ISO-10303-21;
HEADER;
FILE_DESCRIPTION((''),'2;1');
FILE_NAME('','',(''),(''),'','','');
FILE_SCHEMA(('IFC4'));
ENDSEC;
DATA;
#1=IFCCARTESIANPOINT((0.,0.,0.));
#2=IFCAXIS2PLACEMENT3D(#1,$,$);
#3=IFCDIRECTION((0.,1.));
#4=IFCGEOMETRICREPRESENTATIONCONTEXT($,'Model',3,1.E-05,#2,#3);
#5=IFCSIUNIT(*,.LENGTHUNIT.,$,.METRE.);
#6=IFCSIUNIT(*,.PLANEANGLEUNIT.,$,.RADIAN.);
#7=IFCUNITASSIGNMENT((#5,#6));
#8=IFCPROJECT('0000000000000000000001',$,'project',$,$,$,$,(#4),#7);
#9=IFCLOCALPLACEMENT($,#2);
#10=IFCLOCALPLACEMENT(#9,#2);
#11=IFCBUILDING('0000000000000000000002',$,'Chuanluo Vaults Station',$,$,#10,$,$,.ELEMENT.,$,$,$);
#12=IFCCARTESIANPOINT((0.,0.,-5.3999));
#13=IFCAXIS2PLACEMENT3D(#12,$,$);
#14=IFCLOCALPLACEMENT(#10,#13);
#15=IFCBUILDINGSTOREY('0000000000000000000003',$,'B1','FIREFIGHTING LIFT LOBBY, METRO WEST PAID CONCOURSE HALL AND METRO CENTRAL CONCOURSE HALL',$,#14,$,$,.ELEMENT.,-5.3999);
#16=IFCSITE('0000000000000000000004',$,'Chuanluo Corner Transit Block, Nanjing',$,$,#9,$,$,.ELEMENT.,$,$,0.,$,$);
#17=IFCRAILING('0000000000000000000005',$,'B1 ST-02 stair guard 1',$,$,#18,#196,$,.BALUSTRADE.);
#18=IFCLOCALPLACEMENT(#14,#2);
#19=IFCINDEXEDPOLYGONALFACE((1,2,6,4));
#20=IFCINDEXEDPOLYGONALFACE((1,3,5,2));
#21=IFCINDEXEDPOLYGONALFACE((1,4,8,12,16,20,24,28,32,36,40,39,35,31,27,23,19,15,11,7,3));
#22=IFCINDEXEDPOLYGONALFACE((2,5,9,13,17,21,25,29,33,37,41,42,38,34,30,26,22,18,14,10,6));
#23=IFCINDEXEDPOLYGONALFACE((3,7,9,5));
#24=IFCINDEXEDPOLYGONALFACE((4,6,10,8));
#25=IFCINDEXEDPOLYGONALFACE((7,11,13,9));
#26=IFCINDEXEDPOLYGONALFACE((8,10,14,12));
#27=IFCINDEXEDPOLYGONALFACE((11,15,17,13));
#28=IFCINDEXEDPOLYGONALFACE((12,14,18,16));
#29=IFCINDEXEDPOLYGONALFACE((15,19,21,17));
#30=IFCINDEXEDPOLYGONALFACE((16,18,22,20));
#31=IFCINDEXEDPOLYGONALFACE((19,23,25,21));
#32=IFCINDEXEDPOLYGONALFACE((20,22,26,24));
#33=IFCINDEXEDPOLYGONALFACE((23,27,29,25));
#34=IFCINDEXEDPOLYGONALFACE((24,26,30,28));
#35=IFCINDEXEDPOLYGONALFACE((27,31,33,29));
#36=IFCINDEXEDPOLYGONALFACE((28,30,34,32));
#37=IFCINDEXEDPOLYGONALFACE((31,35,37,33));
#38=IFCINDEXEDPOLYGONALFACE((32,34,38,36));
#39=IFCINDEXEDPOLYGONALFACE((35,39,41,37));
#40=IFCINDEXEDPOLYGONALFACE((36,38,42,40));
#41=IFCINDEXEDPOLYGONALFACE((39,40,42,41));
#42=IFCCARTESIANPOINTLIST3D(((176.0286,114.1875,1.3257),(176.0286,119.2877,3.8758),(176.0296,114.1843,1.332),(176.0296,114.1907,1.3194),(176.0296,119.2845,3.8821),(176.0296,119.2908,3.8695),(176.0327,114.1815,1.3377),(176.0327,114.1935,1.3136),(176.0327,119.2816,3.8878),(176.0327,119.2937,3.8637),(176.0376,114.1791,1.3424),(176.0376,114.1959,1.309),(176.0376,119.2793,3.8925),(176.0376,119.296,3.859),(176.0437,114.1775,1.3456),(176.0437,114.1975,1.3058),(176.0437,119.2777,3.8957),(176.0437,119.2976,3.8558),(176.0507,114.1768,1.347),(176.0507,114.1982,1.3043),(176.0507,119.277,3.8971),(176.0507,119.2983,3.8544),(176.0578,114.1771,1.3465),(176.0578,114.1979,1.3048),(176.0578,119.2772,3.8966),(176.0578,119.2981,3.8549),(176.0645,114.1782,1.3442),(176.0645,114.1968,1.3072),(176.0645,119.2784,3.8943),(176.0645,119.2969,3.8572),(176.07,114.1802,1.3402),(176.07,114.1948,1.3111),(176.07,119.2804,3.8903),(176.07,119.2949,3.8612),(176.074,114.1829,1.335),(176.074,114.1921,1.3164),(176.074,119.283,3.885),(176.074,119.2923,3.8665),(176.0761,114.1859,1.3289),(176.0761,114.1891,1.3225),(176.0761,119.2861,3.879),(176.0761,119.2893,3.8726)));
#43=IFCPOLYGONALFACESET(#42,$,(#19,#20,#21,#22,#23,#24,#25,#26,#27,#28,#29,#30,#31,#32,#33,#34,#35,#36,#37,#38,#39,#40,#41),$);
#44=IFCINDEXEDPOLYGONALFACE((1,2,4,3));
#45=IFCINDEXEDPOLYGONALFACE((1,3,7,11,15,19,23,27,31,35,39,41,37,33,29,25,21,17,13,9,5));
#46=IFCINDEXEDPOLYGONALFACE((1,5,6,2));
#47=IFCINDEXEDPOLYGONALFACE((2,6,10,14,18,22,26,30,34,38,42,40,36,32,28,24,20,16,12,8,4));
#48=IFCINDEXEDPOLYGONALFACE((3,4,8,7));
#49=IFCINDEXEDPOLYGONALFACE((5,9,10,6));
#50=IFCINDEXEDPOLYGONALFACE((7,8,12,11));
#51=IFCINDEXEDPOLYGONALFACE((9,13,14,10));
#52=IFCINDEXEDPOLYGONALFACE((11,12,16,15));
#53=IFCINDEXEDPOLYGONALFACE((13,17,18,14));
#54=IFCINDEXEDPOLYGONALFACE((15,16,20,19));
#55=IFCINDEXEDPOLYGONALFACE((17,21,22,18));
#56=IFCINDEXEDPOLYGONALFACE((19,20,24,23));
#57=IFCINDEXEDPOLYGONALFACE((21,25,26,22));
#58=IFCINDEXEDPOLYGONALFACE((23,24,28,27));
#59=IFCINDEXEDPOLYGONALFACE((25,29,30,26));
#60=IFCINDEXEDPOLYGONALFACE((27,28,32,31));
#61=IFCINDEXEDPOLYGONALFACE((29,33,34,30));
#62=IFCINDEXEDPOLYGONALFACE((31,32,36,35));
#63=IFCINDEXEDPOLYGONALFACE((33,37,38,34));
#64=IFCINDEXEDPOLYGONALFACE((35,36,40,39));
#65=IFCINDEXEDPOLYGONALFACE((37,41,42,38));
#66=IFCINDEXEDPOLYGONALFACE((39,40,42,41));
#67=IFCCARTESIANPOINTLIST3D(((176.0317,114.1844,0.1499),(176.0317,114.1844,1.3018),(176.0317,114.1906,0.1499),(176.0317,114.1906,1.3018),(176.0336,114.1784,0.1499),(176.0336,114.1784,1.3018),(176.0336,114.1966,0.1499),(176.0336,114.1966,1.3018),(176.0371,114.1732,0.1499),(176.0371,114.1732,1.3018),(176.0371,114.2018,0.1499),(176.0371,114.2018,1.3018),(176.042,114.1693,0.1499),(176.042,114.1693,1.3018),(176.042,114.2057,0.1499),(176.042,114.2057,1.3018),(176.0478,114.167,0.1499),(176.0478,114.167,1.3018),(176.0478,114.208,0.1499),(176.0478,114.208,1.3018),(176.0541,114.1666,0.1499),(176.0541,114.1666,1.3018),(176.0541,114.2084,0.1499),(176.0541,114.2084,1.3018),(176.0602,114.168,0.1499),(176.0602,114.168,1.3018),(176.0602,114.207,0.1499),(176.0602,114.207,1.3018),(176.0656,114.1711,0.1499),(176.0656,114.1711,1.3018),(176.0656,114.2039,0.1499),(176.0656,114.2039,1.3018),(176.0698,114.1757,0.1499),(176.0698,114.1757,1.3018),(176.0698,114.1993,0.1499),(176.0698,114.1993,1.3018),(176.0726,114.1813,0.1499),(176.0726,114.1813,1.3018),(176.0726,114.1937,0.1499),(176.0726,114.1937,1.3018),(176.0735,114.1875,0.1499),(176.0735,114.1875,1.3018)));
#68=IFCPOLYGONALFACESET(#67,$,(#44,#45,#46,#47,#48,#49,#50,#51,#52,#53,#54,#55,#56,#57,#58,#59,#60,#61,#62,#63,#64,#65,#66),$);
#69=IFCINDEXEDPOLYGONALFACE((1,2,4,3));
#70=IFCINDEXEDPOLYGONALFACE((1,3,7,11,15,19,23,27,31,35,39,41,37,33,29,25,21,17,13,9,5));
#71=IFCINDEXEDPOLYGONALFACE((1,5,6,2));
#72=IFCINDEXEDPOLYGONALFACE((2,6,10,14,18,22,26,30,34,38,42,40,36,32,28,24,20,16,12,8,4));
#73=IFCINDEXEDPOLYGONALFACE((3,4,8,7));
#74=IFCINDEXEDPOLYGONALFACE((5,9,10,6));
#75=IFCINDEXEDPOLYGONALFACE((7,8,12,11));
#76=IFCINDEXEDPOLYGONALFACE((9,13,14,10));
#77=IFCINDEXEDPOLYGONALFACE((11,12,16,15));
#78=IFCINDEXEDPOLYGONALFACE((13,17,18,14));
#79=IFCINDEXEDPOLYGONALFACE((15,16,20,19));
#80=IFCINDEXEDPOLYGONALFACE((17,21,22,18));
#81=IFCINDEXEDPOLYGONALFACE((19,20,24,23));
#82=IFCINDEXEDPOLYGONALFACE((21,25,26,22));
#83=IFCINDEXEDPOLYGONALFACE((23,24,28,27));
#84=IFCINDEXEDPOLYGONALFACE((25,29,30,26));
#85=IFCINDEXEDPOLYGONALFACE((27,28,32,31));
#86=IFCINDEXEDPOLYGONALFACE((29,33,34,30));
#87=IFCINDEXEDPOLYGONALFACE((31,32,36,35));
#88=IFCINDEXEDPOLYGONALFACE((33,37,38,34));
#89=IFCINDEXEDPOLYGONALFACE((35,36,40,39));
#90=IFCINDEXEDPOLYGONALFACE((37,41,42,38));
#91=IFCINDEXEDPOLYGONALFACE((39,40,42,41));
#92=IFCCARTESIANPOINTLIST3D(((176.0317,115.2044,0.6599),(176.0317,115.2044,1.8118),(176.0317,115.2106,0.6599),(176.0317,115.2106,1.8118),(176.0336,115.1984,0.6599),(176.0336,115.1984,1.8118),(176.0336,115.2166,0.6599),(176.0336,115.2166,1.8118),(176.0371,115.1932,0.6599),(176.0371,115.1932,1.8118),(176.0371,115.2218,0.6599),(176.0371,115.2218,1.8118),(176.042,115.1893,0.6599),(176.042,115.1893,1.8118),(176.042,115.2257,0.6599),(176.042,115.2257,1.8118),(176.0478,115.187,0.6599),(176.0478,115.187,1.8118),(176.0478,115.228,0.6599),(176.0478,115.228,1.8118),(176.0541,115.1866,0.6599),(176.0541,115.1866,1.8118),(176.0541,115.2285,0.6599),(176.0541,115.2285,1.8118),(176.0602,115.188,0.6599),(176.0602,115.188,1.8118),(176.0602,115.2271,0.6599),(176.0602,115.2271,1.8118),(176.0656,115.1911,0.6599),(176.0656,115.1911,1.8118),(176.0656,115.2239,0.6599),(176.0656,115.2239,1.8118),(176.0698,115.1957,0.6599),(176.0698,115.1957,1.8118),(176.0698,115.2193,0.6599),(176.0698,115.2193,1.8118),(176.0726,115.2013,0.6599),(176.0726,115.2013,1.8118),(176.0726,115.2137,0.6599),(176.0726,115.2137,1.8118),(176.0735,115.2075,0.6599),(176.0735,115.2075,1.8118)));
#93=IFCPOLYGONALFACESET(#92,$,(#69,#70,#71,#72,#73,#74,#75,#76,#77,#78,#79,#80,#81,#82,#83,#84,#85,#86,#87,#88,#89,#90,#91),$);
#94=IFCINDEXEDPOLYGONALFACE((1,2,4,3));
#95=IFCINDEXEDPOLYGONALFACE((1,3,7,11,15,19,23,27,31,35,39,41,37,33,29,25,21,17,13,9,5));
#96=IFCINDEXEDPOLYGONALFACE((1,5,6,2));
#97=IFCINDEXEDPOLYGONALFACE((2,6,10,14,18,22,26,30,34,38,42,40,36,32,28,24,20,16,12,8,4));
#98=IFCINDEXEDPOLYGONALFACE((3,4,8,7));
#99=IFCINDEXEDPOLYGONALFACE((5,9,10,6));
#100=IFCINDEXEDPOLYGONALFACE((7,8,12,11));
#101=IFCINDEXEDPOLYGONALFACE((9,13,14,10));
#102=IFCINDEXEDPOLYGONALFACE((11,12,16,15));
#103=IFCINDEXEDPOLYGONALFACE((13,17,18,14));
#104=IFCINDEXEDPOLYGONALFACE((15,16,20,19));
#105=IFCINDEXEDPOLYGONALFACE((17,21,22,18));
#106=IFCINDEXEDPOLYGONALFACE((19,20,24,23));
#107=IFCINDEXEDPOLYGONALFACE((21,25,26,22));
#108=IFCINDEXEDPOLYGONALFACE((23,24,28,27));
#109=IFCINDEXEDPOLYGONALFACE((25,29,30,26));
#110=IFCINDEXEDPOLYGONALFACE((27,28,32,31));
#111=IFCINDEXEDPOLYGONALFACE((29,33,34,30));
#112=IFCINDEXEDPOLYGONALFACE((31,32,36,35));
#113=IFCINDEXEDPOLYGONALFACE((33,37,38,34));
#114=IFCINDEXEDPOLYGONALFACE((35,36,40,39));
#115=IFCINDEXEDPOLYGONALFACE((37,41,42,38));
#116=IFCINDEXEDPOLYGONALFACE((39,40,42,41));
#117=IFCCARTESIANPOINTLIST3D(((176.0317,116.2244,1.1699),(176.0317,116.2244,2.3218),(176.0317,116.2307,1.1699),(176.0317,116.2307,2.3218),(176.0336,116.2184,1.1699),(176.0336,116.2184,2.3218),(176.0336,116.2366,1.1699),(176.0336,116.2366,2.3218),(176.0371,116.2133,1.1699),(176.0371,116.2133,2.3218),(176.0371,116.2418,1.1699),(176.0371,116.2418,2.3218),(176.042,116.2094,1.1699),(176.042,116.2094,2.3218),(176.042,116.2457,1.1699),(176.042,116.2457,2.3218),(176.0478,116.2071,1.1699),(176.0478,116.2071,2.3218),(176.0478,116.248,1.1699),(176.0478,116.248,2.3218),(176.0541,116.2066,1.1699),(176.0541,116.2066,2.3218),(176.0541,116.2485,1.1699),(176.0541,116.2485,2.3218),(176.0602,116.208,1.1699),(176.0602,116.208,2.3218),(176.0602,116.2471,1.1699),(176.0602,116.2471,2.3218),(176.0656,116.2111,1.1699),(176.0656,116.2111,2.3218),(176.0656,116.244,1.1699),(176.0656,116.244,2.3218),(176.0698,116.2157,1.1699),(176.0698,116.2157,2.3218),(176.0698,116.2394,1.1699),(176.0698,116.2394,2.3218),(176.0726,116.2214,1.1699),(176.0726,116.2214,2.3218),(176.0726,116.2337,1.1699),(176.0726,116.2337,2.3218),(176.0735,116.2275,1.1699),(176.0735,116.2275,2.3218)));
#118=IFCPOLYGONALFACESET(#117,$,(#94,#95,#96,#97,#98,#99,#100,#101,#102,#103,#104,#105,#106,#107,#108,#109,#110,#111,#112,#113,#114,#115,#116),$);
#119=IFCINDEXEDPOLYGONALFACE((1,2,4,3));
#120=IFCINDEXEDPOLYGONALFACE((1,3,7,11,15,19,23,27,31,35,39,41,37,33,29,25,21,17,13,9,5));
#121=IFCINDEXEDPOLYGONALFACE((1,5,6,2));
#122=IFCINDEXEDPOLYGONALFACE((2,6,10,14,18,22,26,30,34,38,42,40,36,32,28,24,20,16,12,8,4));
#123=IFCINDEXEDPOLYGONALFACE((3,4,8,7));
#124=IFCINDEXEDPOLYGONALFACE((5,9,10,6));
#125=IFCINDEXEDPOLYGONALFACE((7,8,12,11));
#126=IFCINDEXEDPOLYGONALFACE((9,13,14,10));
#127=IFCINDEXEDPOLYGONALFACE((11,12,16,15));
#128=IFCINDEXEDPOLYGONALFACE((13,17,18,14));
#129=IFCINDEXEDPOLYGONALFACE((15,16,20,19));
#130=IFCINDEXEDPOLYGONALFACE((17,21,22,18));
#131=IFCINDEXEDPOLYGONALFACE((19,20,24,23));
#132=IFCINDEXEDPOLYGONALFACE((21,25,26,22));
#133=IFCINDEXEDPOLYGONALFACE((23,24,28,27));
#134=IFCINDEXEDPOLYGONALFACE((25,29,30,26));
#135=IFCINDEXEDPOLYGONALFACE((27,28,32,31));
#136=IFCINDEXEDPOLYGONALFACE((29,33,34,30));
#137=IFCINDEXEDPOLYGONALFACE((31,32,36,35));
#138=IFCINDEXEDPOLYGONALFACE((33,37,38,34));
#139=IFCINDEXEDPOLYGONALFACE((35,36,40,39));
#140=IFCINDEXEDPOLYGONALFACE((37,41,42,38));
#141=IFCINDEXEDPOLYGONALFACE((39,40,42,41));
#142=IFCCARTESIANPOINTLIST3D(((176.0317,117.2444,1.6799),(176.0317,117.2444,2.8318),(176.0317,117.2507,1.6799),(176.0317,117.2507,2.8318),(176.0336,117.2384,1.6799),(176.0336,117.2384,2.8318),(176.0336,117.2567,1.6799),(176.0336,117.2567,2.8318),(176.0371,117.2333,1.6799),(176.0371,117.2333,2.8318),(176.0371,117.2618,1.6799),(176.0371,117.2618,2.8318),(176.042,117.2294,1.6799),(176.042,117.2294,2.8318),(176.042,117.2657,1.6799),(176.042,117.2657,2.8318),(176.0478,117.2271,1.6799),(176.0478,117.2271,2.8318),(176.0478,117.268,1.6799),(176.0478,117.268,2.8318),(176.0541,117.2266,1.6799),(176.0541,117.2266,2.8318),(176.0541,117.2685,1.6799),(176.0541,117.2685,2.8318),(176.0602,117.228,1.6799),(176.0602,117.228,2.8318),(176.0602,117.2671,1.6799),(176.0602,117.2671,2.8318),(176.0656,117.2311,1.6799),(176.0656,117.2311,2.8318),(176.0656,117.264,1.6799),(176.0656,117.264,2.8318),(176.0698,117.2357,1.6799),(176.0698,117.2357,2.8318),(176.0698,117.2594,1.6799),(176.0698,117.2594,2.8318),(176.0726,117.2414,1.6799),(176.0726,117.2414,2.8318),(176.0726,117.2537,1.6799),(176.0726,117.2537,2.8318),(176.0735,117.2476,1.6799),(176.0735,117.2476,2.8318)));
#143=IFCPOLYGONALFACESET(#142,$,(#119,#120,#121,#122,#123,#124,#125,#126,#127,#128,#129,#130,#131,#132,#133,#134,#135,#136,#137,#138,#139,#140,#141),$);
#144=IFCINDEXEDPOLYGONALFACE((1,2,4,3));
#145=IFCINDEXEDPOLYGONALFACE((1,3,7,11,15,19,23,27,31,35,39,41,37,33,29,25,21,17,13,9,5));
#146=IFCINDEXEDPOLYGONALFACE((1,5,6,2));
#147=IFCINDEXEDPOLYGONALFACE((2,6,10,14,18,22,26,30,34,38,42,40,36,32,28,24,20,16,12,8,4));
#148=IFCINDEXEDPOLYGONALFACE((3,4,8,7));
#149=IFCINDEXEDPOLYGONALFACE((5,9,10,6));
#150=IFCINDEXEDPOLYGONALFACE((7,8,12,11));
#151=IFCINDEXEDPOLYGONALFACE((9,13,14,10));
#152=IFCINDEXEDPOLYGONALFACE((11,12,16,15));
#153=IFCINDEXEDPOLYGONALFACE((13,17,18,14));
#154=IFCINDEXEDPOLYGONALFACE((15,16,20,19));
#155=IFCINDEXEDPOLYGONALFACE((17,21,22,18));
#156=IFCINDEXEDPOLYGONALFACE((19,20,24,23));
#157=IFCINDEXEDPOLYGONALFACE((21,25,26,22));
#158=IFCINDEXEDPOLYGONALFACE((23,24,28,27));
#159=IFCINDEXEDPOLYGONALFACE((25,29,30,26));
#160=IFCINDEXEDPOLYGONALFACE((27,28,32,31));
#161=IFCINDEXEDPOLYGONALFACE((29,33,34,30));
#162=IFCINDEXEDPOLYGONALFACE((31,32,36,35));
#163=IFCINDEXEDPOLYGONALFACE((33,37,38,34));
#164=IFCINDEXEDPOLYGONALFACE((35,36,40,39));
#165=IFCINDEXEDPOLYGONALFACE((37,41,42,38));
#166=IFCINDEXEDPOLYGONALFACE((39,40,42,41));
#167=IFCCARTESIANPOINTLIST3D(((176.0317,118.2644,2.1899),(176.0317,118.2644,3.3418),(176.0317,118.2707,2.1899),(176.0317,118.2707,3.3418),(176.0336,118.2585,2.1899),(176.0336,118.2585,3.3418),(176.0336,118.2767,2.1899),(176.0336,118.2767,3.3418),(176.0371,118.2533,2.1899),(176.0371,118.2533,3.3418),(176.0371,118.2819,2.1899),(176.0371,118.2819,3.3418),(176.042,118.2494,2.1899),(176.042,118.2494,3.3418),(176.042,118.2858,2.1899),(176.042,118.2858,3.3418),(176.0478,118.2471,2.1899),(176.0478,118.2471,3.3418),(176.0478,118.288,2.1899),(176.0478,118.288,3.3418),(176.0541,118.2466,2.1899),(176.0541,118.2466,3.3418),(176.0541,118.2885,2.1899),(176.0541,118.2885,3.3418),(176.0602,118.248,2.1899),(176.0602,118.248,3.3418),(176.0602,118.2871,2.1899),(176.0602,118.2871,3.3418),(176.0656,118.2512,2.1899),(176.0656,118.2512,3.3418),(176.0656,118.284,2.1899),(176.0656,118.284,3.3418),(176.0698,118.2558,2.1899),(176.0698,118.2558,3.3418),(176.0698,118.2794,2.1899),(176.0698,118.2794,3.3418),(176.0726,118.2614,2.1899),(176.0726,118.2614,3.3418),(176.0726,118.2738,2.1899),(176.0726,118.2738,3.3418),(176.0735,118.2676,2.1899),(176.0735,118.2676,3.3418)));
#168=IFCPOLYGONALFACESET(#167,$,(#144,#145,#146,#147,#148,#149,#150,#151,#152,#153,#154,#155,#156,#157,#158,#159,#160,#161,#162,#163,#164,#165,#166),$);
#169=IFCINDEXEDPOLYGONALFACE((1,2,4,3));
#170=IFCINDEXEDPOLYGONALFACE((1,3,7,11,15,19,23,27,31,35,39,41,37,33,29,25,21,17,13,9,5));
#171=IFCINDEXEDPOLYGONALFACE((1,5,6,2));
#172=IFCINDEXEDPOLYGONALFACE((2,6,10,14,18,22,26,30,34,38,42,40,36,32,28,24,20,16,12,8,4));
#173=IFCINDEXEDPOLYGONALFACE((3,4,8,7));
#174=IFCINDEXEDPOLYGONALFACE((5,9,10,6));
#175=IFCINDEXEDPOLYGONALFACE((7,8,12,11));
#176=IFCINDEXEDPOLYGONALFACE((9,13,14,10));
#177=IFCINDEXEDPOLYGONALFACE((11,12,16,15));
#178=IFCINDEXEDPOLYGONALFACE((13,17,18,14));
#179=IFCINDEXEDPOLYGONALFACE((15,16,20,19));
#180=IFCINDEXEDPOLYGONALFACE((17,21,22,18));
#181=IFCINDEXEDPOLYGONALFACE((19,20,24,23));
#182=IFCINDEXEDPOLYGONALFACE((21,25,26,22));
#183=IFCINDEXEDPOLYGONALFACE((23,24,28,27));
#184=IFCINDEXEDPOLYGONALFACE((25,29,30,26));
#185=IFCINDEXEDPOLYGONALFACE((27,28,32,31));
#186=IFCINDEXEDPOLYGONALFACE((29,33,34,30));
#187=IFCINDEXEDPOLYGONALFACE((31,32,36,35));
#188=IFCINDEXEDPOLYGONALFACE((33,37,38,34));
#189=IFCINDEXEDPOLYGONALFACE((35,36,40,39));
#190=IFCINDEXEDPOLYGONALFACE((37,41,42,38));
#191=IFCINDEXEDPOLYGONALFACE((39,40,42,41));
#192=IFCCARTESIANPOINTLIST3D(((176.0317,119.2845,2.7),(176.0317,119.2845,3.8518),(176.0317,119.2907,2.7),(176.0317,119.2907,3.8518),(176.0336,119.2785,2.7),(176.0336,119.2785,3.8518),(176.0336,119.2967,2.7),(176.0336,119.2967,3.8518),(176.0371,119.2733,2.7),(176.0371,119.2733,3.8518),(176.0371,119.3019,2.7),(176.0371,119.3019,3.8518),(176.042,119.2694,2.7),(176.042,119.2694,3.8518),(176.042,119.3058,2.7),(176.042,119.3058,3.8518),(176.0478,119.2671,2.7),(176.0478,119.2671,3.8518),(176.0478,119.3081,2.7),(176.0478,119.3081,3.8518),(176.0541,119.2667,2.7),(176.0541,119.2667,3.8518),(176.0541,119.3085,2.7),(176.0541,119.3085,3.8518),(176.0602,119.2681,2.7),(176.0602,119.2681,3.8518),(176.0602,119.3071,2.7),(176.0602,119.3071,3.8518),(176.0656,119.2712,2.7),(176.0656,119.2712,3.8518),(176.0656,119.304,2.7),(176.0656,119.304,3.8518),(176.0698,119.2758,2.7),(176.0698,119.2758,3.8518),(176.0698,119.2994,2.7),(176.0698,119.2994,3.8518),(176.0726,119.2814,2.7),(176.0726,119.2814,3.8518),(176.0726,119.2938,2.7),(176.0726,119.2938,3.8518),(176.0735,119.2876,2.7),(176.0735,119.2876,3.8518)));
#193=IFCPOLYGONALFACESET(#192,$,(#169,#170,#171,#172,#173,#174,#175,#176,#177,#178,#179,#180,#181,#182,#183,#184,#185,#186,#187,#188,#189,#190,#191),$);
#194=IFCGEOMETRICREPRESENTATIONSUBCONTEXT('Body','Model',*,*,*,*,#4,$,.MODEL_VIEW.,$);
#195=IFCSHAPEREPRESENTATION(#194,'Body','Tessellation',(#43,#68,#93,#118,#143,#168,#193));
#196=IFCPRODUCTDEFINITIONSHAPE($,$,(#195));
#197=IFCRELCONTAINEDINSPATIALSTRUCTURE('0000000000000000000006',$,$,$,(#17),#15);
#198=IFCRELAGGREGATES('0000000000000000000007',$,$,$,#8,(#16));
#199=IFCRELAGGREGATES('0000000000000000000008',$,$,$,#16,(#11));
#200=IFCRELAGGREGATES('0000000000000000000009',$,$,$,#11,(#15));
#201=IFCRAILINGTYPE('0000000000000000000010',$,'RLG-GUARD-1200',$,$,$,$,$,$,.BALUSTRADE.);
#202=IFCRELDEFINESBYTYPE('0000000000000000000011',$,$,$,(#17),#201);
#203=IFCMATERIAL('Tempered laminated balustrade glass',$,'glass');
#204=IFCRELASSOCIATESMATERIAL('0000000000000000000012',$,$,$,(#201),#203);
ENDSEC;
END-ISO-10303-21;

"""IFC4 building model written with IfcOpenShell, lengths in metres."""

from ifc_helpers import new_model, si_unit, direction, frame, origin, origin_2d, place, context, subcontext, project, spatial, circle, extrude, material, type_object, element, save


model = new_model("IFC4")

# Units and contexts
model_context = context("Model", 3, precision=1e-05, world=origin(), true_north=direction((0.0, 1.0)))
body_context = subcontext(model_context, "Body", "Model", "MODEL_VIEW")
ifc_project = project(units=[si_unit("LENGTHUNIT", "METRE"), si_unit("PLANEANGLEUNIT", "RADIAN")], contexts=[model_context])

# Site, building, storey
site_placement = place(None, origin())
site = spatial("IfcSite", under=ifc_project, at=site_placement, Name="Chuanluo Corner Transit Block, Nanjing", CompositionType="ELEMENT", RefElevation=0.0)
building_placement = place(site_placement, origin())
building = spatial("IfcBuilding", under=site, at=building_placement, Name="Chuanluo Vaults Station", CompositionType="ELEMENT")
storey_placement = place(building_placement, frame((0.0, 0.0, -5.3999)))
storey = spatial("IfcBuildingStorey", under=building, at=storey_placement, Name="B1", Description="FIREFIGHTING LIFT LOBBY, METRO WEST PAID CONCOURSE HALL AND METRO CENTRAL CONCOURSE HALL", CompositionType="ELEMENT", Elevation=-5.3999)

# Railing
ifc_material_1 = material(Name="Tempered laminated balustrade glass", Category="glass")
railing_type = type_object("IfcRailingType", Name="RLG-GUARD-1200", PredefinedType="BALUSTRADE", material=ifc_material_1)
railing_1_placement = place(storey_placement, frame((176.0525, 114.1875, 0.1499)))
element("IfcRailing", 1, at=railing_1_placement, inside=storey, type_object=railing_type, Name="B1 ST-02 stair guard 1", PredefinedType="BALUSTRADE", context=body_context, shape_type="SweptSolid", body=[
    extrude(circle(Radius=0.0239, at=origin_2d()), frame((0.0, 0.0, 1.1758), z_axis=(0.0, 0.894427, 0.447214), x_axis=(-1.0, 0.0, 0.0)), (0.0, 0.0, 1.0), 5.7021),
    extrude(circle(Radius=0.021, at=origin_2d()), origin(), (0.0, 0.0, 1.0), 1.1519),
    extrude(circle(Radius=0.021, at=origin_2d()), frame((0.0, 1.02, 0.51)), (0.0, 0.0, 1.0), 1.1519),
    extrude(circle(Radius=0.021, at=origin_2d()), frame((0.0, 2.04, 1.02)), (0.0, 0.0, 1.0), 1.1519),
    extrude(circle(Radius=0.021, at=origin_2d()), frame((0.0, 3.0601, 1.53)), (0.0, 0.0, 1.0), 1.1519),
    extrude(circle(Radius=0.021, at=origin_2d()), frame((0.0, 4.0801, 2.04)), (0.0, 0.0, 1.0), 1.1519),
    extrude(circle(Radius=0.021, at=origin_2d()), frame((0.0, 5.1001, 2.55)), (0.0, 0.0, 1.0), 1.1519),
])

save(model, "model.ifc")
